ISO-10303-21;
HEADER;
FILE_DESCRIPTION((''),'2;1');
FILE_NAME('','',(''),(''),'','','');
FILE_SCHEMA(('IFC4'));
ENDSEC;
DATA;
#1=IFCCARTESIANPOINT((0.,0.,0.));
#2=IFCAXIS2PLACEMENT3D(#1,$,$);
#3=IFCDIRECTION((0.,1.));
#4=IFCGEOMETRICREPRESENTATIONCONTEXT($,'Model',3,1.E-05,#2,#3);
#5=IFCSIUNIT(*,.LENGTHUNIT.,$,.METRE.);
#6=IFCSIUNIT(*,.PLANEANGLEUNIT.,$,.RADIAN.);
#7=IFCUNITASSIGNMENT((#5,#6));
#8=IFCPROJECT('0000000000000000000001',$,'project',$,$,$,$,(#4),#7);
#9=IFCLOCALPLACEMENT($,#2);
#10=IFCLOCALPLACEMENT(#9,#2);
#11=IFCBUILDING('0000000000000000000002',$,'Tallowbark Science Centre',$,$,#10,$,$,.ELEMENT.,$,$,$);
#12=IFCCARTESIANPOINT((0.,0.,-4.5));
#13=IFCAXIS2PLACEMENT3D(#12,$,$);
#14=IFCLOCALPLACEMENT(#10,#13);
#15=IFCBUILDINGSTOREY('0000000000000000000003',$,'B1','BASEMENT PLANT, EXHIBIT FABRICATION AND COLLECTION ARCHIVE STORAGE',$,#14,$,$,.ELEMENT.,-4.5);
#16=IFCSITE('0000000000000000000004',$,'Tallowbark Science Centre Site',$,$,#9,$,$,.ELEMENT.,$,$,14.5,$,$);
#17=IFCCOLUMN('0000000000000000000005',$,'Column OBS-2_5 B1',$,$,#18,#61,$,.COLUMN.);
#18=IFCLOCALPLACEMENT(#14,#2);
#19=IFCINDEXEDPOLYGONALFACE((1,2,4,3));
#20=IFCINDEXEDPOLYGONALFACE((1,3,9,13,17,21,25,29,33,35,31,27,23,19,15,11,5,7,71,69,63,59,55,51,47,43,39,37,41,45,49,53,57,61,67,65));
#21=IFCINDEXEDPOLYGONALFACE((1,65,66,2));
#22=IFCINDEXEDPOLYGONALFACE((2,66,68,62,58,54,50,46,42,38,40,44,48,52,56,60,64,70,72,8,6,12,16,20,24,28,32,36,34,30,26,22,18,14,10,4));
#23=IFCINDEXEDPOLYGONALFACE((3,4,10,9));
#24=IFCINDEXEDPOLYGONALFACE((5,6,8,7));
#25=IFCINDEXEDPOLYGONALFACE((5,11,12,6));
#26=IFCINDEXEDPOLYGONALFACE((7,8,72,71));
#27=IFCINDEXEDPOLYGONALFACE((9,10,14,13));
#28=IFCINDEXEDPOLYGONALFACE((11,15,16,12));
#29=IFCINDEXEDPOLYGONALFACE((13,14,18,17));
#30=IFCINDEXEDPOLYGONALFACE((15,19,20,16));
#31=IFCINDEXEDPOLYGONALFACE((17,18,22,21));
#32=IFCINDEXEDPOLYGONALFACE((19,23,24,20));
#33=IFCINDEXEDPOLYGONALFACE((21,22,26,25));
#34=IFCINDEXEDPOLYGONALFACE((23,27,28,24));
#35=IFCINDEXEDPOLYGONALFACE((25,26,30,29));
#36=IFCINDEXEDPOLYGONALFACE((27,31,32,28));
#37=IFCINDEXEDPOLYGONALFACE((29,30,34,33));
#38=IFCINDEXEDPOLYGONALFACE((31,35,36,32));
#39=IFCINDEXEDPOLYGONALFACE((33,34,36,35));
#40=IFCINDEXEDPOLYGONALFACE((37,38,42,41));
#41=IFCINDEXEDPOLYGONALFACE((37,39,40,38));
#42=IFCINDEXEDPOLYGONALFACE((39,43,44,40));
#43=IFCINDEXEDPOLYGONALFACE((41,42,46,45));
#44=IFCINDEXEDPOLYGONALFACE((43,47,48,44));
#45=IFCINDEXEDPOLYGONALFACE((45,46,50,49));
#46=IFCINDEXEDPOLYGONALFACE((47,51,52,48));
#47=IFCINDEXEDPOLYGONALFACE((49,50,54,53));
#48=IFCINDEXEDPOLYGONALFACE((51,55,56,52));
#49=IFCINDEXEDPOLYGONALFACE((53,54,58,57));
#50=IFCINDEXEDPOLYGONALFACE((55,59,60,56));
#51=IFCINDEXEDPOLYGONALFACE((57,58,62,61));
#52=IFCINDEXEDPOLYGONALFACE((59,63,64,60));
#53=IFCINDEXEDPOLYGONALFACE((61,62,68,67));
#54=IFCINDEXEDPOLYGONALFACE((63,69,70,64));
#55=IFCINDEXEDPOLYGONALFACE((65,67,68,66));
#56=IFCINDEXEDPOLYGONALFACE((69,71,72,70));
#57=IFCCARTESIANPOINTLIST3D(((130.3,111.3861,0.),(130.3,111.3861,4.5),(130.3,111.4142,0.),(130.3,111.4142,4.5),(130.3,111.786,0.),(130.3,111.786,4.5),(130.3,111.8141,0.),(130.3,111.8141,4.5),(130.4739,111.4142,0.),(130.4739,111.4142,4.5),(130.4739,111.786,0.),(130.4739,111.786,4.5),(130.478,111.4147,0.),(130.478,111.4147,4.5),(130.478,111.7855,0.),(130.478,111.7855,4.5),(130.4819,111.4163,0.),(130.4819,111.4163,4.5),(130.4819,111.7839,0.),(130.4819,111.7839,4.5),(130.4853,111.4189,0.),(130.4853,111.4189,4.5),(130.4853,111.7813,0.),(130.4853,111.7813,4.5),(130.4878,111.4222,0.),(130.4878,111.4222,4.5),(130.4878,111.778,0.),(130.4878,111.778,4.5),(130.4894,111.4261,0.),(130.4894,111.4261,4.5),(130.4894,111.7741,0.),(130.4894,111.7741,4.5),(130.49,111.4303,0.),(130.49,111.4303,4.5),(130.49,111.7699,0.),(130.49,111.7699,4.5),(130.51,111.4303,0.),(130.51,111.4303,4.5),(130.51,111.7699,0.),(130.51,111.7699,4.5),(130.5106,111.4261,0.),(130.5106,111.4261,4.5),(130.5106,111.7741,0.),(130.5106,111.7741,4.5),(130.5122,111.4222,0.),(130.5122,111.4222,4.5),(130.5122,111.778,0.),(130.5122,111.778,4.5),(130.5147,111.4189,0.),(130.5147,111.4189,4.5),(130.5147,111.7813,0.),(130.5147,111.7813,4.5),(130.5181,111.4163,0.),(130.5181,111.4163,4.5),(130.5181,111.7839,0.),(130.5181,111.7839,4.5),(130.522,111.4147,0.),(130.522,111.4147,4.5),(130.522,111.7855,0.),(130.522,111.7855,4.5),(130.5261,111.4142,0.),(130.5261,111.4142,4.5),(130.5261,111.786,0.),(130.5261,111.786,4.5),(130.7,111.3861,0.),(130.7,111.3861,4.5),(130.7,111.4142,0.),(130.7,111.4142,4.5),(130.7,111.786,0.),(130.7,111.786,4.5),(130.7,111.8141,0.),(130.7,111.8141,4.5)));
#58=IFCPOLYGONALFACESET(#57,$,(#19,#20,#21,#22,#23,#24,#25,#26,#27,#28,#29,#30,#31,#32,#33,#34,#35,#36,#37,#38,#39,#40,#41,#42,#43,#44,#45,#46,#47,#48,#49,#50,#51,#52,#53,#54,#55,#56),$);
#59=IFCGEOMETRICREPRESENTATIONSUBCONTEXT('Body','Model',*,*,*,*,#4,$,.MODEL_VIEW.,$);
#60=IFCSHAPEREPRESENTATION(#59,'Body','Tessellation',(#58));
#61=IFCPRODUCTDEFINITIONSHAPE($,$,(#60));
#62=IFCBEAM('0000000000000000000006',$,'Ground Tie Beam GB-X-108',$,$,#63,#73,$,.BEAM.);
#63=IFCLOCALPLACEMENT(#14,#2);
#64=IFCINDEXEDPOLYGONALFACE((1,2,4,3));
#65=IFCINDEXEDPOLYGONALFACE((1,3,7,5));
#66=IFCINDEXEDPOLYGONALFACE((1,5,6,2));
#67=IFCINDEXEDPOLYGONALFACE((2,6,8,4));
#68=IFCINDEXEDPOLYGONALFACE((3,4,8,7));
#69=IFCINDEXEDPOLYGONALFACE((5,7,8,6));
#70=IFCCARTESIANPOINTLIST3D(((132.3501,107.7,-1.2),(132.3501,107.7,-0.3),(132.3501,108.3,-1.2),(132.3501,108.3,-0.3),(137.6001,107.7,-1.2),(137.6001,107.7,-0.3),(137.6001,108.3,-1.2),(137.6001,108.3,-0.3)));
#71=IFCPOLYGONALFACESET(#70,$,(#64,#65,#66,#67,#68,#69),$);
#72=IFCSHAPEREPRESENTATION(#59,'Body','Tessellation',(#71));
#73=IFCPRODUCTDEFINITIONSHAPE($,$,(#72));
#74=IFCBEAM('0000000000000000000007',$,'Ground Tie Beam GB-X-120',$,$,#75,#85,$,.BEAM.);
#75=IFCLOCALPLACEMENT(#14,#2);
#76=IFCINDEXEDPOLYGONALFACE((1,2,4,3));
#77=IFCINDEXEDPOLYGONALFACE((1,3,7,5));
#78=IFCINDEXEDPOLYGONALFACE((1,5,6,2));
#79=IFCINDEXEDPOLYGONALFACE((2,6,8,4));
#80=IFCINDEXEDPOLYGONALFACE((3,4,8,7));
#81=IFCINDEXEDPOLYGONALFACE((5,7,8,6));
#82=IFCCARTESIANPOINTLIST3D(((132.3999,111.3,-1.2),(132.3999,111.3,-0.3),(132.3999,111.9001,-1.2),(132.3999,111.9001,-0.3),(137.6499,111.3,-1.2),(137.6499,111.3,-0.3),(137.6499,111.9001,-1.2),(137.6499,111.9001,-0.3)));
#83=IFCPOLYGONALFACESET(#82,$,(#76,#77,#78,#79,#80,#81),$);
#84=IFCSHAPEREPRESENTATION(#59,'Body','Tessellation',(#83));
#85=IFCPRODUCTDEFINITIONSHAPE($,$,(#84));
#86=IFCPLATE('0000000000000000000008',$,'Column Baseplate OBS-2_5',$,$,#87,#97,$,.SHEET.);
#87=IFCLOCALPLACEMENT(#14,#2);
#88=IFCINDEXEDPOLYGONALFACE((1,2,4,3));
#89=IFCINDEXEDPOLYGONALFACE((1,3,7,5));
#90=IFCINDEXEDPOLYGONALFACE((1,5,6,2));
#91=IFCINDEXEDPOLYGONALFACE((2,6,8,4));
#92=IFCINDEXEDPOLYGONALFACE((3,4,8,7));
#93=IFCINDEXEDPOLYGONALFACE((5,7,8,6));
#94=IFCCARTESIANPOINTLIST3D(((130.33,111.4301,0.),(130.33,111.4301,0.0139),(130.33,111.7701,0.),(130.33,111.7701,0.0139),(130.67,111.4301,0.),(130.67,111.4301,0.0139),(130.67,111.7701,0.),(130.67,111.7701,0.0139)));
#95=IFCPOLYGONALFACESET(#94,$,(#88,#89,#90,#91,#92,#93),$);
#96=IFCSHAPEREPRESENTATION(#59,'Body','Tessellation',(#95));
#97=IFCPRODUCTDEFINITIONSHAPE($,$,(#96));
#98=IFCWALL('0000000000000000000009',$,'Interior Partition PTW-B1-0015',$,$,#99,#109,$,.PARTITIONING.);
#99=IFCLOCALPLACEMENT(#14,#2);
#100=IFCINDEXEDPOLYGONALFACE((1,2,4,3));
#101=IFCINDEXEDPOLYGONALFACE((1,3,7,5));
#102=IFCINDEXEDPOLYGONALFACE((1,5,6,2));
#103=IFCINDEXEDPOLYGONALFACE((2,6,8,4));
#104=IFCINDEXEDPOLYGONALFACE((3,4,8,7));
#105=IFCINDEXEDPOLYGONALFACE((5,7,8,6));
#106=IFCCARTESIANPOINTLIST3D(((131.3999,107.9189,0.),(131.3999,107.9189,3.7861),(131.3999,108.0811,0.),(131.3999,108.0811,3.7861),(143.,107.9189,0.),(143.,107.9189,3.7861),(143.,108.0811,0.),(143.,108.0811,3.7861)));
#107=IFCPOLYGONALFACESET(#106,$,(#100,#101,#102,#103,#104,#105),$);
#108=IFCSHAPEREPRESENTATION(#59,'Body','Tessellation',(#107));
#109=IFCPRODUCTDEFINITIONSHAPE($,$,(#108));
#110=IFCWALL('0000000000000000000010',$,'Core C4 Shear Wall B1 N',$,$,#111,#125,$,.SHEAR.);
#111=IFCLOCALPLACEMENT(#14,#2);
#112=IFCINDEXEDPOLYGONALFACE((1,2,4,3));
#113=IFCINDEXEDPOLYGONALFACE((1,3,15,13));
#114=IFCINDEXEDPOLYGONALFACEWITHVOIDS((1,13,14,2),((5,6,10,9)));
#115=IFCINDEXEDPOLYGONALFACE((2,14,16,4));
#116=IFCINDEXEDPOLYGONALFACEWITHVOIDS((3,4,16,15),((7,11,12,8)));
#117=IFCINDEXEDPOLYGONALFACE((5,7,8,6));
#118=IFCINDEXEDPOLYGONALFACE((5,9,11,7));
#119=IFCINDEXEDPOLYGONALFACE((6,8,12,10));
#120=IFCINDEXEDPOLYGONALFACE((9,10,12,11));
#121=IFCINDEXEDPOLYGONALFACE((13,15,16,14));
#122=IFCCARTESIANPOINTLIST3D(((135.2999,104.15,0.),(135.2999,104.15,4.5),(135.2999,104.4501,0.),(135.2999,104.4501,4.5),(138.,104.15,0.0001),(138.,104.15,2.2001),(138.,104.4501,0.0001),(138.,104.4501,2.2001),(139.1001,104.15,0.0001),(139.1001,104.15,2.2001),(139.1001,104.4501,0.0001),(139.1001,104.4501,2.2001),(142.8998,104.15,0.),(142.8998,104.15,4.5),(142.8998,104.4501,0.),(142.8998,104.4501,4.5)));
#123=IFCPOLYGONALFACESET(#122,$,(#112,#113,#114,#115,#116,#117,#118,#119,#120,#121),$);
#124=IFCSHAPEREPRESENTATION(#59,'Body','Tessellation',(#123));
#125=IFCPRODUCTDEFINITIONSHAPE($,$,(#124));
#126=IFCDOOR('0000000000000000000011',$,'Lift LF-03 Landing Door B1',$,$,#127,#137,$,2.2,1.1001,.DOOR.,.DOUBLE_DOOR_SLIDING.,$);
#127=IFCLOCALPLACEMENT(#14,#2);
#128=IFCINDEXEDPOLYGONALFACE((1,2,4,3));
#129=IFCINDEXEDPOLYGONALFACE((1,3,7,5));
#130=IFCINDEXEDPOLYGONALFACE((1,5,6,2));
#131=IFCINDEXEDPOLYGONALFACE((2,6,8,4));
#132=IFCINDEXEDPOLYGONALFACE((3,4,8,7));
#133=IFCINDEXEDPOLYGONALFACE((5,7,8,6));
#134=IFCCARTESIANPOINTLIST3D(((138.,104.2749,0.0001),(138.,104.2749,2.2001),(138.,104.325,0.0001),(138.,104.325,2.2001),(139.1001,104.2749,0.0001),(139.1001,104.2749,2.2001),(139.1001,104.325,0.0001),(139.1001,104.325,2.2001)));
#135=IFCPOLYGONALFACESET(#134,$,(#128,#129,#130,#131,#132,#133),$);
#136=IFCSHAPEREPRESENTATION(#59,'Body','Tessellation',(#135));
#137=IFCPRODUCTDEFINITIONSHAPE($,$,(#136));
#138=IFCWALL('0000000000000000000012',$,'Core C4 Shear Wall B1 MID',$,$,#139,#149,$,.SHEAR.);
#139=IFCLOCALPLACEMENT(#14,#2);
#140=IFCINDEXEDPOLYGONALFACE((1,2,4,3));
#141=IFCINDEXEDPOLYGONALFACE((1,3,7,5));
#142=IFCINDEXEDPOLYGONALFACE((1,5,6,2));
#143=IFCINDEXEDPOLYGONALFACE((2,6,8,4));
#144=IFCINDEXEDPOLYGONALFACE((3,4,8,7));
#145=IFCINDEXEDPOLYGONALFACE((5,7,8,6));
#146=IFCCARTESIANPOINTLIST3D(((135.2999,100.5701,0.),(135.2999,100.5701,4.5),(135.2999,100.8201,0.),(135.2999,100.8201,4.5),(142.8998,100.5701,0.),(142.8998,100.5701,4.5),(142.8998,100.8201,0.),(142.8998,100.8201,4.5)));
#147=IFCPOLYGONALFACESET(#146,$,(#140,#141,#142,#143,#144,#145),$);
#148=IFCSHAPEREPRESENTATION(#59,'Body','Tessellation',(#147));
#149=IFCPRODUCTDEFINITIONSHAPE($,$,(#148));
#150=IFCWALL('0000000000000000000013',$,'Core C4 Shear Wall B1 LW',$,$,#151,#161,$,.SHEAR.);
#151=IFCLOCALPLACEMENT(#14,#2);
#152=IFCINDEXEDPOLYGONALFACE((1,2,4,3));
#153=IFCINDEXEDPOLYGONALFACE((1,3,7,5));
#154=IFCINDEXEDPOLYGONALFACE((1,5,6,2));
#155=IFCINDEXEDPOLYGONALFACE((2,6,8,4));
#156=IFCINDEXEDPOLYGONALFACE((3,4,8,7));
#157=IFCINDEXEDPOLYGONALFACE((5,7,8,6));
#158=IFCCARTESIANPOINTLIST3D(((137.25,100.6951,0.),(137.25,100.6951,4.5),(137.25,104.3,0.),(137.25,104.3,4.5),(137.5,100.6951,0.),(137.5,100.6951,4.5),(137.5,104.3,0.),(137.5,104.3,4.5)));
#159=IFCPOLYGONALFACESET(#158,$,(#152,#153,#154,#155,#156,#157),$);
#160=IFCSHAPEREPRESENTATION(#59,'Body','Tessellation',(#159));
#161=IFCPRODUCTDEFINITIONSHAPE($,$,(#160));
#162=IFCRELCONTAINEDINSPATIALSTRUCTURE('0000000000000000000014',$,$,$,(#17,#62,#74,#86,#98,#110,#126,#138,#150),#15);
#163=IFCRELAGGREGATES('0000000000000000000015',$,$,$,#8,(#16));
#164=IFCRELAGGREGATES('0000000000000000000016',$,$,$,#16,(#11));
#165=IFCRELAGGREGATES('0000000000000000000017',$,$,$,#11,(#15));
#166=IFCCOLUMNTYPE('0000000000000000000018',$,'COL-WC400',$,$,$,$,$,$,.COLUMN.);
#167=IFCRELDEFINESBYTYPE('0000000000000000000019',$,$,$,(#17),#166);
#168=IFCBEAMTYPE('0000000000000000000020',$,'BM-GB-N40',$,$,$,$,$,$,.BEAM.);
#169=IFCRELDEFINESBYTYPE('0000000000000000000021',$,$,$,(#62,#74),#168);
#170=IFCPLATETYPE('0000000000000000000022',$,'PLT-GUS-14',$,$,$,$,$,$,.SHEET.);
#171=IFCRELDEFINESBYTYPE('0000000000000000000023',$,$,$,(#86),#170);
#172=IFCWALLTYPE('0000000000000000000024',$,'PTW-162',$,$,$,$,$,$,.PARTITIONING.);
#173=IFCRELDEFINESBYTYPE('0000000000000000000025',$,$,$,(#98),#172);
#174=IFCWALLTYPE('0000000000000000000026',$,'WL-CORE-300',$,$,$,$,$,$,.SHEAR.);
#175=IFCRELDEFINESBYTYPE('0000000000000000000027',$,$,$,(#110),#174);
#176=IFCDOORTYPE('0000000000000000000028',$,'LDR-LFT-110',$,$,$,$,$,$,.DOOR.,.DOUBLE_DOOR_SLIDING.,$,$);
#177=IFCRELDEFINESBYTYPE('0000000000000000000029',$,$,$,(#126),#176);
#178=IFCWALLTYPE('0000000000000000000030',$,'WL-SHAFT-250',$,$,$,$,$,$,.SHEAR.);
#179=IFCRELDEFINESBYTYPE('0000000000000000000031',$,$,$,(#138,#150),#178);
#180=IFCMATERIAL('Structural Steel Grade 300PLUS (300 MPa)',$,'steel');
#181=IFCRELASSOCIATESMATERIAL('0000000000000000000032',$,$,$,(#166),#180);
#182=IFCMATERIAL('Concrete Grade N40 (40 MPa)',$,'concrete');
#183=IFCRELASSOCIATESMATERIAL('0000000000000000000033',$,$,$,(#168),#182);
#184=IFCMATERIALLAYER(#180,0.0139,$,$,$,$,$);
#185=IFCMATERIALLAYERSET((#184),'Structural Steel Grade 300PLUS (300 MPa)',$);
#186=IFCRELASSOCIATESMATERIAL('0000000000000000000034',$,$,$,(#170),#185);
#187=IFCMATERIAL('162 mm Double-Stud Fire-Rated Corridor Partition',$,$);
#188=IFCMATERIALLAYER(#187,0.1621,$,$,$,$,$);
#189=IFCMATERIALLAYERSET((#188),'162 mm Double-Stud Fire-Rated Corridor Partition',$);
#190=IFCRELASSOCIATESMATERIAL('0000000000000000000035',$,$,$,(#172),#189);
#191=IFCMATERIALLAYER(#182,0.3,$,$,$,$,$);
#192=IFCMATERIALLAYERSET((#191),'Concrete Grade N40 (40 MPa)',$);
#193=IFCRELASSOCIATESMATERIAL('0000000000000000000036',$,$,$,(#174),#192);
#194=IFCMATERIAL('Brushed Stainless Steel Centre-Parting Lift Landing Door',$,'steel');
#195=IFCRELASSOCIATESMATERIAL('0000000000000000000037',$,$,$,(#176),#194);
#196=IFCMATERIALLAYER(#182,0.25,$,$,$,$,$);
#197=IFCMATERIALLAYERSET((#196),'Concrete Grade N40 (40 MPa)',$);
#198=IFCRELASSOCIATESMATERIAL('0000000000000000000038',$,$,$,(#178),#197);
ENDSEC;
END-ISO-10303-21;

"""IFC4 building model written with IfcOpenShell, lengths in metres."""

from ifc_helpers import new_model, si_unit, direction, frame, frame_2d, origin, origin_2d, place, context, subcontext, project, spatial, rectangle, i_section, extrude, material, layer, layer_set, material_profile, profile_set, type_object, element, fill, save


model = new_model("IFC4")

# Units and contexts
model_context = context("Model", 3, precision=1e-05, world=origin(), true_north=direction((0.0, 1.0)))
body_context = subcontext(model_context, "Body", "Model", "MODEL_VIEW")
ifc_project = project(units=[si_unit("LENGTHUNIT", "METRE"), si_unit("PLANEANGLEUNIT", "RADIAN")], contexts=[model_context])

# Site, building, storey
site_placement = place(None, origin())
site = spatial("IfcSite", under=ifc_project, at=site_placement, Name="Tallowbark Science Centre Site", CompositionType="ELEMENT", RefElevation=14.5)
building_placement = place(site_placement, origin())
building = spatial("IfcBuilding", under=site, at=building_placement, Name="Tallowbark Science Centre", CompositionType="ELEMENT")
storey_placement = place(building_placement, frame((0.0, 0.0, -4.5)))
storey = spatial("IfcBuildingStorey", under=building, at=storey_placement, Name="B1", Description="BASEMENT PLANT, EXHIBIT FABRICATION AND COLLECTION ARCHIVE STORAGE", CompositionType="ELEMENT", Elevation=-4.5)

# Shared definitions
ifc_material_1 = material(Name="Concrete Grade N40 (40 MPa)", Category="concrete")

# Column
ifc_material_2 = material(Name="Structural Steel Grade 300PLUS (300 MPa)", Category="steel")
ifc_material_profile_1 = material_profile(ifc_material_2, i_section(OverallWidth=0.3999, OverallDepth=0.428, WebThickness=0.02, FlangeThickness=0.0281, FilletRadius=0.0161, at=origin_2d()), Name="400WC270")
ifc_profile_set_1 = profile_set([ifc_material_profile_1], Name="Structural Steel Grade 300PLUS (300 MPa)")
column_type = type_object("IfcColumnType", Name="COL-WC400", PredefinedType="COLUMN", material=ifc_profile_set_1)
column_placement = place(storey_placement, frame((130.5, 111.6001, 0.0), z_axis=(0.0, 0.0, 1.0), x_axis=(1.0, 0.0, 0.0)))
element("IfcColumn", 1, at=column_placement, inside=storey, type_object=column_type, Name="Column OBS-2_5 B1", PredefinedType="COLUMN", context=body_context, shape_type="SweptSolid", body=[
    extrude(i_section(OverallWidth=0.3999, OverallDepth=0.428, WebThickness=0.02, FlangeThickness=0.0281, FilletRadius=0.0161, at=origin_2d()), origin(), (0.0, 0.0, 1.0), 4.5),
])

# Beams
ifc_material_profile_2 = material_profile(ifc_material_1, rectangle(XDim=0.6001, YDim=0.8999, at=origin_2d()), Name="RC600x900")
ifc_profile_set_2 = profile_set([ifc_material_profile_2], Name="Concrete Grade N40 (40 MPa)")
beam_type = type_object("IfcBeamType", Name="BM-GB-N40", PredefinedType="BEAM", material=ifc_profile_set_2)
for number, where, z_axis, x_axis, name in (
    (2, (132.3501, 108.0, -0.75), (1.0, 0.0, 0.0), (0.0, 1.0, 0.0), "Ground Tie Beam GB-X-108"),
    (3, (132.3999, 111.6001, -0.75), (1.0, 0.0, 0.0), (0.0, 1.0, 0.0), "Ground Tie Beam GB-X-120"),
):
    element("IfcBeam", number, at=place(storey_placement, frame(where, z_axis=z_axis, x_axis=x_axis)), inside=storey, type_object=beam_type, Name=name, PredefinedType="BEAM", context=body_context, shape_type="SweptSolid", body=[
        extrude(rectangle(XDim=0.6001, YDim=0.8999, at=origin_2d()), origin(), (0.0, 0.0, 1.0), 5.25),
    ])

# Plate
ifc_layer_1 = layer(ifc_material_2, 0.0139)
ifc_layer_set_1 = layer_set([ifc_layer_1], Name="Structural Steel Grade 300PLUS (300 MPa)")
plate_type = type_object("IfcPlateType", Name="PLT-GUS-14", PredefinedType="SHEET", material=ifc_layer_set_1)
plate_placement = place(storey_placement, frame((130.5, 111.6001, 0.0), z_axis=(0.0, 0.0, 1.0), x_axis=(1.0, 0.0, 0.0)))
element("IfcPlate", 4, at=plate_placement, inside=storey, type_object=plate_type, Name="Column Baseplate OBS-2_5", PredefinedType="SHEET", context=body_context, shape_type="SweptSolid", body=[
    extrude(rectangle(XDim=0.3401, YDim=0.3401, at=origin_2d()), origin(), (0.0, 0.0, 1.0), 0.0139),
])

# Wall
ifc_material_3 = material(Name="162 mm Double-Stud Fire-Rated Corridor Partition")
ifc_layer_2 = layer(ifc_material_3, 0.1621)
ifc_layer_set_2 = layer_set([ifc_layer_2], Name="162 mm Double-Stud Fire-Rated Corridor Partition")
wall_type_1 = type_object("IfcWallType", Name="PTW-162", PredefinedType="PARTITIONING", material=ifc_layer_set_2)
wall_1_placement = place(storey_placement, frame((131.3999, 108.0, 0.0), z_axis=(0.0, 0.0, 1.0), x_axis=(1.0, 0.0, 0.0)))
element("IfcWall", 5, at=wall_1_placement, inside=storey, type_object=wall_type_1, Name="Interior Partition PTW-B1-0015", PredefinedType="PARTITIONING", context=body_context, shape_type="SweptSolid", body=[
    extrude(rectangle(XDim=11.6001, YDim=0.1621, at=frame_2d((5.8, 0.0))), origin(), (0.0, 0.0, 1.0), 3.7861),
])

# Wall, opening, door
ifc_layer_3 = layer(ifc_material_1, 0.3)
ifc_layer_set_3 = layer_set([ifc_layer_3], Name="Concrete Grade N40 (40 MPa)")
wall_type_2 = type_object("IfcWallType", Name="WL-CORE-300", PredefinedType="SHEAR", material=ifc_layer_set_3)
wall_2_placement = place(storey_placement, frame((135.3, 104.3, 0.0), z_axis=(0.0, 0.0, 1.0), x_axis=(1.0, 0.0, 0.0)))
wall_2 = element("IfcWall", 6, at=wall_2_placement, inside=storey, type_object=wall_type_2, Name="Core C4 Shear Wall B1 N", PredefinedType="SHEAR", context=body_context, shape_type="SweptSolid", body=[
    extrude(rectangle(XDim=7.5999, YDim=0.3, at=frame_2d((3.7998, 0.0))), origin(), (0.0, 0.0, 1.0), 4.5),
])
opening_placement = place(wall_2_placement, frame((2.7, 0.0, 0.0)))
opening = element("IfcOpeningElement", 7, at=opening_placement, cuts=wall_2, PredefinedType="OPENING", context=body_context, shape_type="SweptSolid", body=[
    extrude(rectangle(XDim=1.1001, YDim=2.2, at=frame_2d((0.55, 1.1001))), frame((0.0, 0.1602, 0.0), z_axis=(0.0, -1.0, 0.0), x_axis=(1.0, 0.0, 0.0)), (0.0, 0.0, 1.0), 0.3201),
])
ifc_material_4 = material(Name="Brushed Stainless Steel Centre-Parting Lift Landing Door", Category="steel")
door_type = type_object("IfcDoorType", Name="LDR-LFT-110", OperationType="DOUBLE_DOOR_SLIDING", PredefinedType="DOOR", material=ifc_material_4)
door_placement = place(opening_placement, origin())
door = element("IfcDoor", 8, at=door_placement, inside=storey, type_object=door_type, Name="Lift LF-03 Landing Door B1", OperationType="DOUBLE_DOOR_SLIDING", OverallHeight=2.2, OverallWidth=1.1001, PredefinedType="DOOR", context=body_context, shape_type="SweptSolid", body=[
    extrude(rectangle(XDim=1.1001, YDim=2.2, at=frame_2d((0.55, 1.1001))), frame((0.0, 0.0249, 0.0), z_axis=(0.0, -1.0, 0.0), x_axis=(1.0, 0.0, 0.0)), (0.0, 0.0, 1.0), 0.05),
])
fill(opening, door)

# Walls
ifc_layer_4 = layer(ifc_material_1, 0.25)
ifc_layer_set_4 = layer_set([ifc_layer_4], Name="Concrete Grade N40 (40 MPa)")
wall_type_3 = type_object("IfcWallType", Name="WL-SHAFT-250", PredefinedType="SHEAR", material=ifc_layer_set_4)
wall_3_placement = place(storey_placement, frame((135.3, 100.6951, 0.0), z_axis=(0.0, 0.0, 1.0), x_axis=(1.0, 0.0, 0.0)))
element("IfcWall", 9, at=wall_3_placement, inside=storey, type_object=wall_type_3, Name="Core C4 Shear Wall B1 MID", PredefinedType="SHEAR", context=body_context, shape_type="SweptSolid", body=[
    extrude(rectangle(XDim=7.5999, YDim=0.25, at=frame_2d((3.7998, 0.0))), origin(), (0.0, 0.0, 1.0), 4.5),
])
wall_4_placement = place(storey_placement, frame((137.375, 100.6951, 0.0), z_axis=(0.0, 0.0, 1.0), x_axis=(0.0, 1.0, 0.0)))
element("IfcWall", 10, at=wall_4_placement, inside=storey, type_object=wall_type_3, Name="Core C4 Shear Wall B1 LW", PredefinedType="SHEAR", context=body_context, shape_type="SweptSolid", body=[
    extrude(rectangle(XDim=3.605, YDim=0.25, at=frame_2d((1.8025, 0.0))), origin(), (0.0, 0.0, 1.0), 4.5),
])

save(model, "model.ifc")
